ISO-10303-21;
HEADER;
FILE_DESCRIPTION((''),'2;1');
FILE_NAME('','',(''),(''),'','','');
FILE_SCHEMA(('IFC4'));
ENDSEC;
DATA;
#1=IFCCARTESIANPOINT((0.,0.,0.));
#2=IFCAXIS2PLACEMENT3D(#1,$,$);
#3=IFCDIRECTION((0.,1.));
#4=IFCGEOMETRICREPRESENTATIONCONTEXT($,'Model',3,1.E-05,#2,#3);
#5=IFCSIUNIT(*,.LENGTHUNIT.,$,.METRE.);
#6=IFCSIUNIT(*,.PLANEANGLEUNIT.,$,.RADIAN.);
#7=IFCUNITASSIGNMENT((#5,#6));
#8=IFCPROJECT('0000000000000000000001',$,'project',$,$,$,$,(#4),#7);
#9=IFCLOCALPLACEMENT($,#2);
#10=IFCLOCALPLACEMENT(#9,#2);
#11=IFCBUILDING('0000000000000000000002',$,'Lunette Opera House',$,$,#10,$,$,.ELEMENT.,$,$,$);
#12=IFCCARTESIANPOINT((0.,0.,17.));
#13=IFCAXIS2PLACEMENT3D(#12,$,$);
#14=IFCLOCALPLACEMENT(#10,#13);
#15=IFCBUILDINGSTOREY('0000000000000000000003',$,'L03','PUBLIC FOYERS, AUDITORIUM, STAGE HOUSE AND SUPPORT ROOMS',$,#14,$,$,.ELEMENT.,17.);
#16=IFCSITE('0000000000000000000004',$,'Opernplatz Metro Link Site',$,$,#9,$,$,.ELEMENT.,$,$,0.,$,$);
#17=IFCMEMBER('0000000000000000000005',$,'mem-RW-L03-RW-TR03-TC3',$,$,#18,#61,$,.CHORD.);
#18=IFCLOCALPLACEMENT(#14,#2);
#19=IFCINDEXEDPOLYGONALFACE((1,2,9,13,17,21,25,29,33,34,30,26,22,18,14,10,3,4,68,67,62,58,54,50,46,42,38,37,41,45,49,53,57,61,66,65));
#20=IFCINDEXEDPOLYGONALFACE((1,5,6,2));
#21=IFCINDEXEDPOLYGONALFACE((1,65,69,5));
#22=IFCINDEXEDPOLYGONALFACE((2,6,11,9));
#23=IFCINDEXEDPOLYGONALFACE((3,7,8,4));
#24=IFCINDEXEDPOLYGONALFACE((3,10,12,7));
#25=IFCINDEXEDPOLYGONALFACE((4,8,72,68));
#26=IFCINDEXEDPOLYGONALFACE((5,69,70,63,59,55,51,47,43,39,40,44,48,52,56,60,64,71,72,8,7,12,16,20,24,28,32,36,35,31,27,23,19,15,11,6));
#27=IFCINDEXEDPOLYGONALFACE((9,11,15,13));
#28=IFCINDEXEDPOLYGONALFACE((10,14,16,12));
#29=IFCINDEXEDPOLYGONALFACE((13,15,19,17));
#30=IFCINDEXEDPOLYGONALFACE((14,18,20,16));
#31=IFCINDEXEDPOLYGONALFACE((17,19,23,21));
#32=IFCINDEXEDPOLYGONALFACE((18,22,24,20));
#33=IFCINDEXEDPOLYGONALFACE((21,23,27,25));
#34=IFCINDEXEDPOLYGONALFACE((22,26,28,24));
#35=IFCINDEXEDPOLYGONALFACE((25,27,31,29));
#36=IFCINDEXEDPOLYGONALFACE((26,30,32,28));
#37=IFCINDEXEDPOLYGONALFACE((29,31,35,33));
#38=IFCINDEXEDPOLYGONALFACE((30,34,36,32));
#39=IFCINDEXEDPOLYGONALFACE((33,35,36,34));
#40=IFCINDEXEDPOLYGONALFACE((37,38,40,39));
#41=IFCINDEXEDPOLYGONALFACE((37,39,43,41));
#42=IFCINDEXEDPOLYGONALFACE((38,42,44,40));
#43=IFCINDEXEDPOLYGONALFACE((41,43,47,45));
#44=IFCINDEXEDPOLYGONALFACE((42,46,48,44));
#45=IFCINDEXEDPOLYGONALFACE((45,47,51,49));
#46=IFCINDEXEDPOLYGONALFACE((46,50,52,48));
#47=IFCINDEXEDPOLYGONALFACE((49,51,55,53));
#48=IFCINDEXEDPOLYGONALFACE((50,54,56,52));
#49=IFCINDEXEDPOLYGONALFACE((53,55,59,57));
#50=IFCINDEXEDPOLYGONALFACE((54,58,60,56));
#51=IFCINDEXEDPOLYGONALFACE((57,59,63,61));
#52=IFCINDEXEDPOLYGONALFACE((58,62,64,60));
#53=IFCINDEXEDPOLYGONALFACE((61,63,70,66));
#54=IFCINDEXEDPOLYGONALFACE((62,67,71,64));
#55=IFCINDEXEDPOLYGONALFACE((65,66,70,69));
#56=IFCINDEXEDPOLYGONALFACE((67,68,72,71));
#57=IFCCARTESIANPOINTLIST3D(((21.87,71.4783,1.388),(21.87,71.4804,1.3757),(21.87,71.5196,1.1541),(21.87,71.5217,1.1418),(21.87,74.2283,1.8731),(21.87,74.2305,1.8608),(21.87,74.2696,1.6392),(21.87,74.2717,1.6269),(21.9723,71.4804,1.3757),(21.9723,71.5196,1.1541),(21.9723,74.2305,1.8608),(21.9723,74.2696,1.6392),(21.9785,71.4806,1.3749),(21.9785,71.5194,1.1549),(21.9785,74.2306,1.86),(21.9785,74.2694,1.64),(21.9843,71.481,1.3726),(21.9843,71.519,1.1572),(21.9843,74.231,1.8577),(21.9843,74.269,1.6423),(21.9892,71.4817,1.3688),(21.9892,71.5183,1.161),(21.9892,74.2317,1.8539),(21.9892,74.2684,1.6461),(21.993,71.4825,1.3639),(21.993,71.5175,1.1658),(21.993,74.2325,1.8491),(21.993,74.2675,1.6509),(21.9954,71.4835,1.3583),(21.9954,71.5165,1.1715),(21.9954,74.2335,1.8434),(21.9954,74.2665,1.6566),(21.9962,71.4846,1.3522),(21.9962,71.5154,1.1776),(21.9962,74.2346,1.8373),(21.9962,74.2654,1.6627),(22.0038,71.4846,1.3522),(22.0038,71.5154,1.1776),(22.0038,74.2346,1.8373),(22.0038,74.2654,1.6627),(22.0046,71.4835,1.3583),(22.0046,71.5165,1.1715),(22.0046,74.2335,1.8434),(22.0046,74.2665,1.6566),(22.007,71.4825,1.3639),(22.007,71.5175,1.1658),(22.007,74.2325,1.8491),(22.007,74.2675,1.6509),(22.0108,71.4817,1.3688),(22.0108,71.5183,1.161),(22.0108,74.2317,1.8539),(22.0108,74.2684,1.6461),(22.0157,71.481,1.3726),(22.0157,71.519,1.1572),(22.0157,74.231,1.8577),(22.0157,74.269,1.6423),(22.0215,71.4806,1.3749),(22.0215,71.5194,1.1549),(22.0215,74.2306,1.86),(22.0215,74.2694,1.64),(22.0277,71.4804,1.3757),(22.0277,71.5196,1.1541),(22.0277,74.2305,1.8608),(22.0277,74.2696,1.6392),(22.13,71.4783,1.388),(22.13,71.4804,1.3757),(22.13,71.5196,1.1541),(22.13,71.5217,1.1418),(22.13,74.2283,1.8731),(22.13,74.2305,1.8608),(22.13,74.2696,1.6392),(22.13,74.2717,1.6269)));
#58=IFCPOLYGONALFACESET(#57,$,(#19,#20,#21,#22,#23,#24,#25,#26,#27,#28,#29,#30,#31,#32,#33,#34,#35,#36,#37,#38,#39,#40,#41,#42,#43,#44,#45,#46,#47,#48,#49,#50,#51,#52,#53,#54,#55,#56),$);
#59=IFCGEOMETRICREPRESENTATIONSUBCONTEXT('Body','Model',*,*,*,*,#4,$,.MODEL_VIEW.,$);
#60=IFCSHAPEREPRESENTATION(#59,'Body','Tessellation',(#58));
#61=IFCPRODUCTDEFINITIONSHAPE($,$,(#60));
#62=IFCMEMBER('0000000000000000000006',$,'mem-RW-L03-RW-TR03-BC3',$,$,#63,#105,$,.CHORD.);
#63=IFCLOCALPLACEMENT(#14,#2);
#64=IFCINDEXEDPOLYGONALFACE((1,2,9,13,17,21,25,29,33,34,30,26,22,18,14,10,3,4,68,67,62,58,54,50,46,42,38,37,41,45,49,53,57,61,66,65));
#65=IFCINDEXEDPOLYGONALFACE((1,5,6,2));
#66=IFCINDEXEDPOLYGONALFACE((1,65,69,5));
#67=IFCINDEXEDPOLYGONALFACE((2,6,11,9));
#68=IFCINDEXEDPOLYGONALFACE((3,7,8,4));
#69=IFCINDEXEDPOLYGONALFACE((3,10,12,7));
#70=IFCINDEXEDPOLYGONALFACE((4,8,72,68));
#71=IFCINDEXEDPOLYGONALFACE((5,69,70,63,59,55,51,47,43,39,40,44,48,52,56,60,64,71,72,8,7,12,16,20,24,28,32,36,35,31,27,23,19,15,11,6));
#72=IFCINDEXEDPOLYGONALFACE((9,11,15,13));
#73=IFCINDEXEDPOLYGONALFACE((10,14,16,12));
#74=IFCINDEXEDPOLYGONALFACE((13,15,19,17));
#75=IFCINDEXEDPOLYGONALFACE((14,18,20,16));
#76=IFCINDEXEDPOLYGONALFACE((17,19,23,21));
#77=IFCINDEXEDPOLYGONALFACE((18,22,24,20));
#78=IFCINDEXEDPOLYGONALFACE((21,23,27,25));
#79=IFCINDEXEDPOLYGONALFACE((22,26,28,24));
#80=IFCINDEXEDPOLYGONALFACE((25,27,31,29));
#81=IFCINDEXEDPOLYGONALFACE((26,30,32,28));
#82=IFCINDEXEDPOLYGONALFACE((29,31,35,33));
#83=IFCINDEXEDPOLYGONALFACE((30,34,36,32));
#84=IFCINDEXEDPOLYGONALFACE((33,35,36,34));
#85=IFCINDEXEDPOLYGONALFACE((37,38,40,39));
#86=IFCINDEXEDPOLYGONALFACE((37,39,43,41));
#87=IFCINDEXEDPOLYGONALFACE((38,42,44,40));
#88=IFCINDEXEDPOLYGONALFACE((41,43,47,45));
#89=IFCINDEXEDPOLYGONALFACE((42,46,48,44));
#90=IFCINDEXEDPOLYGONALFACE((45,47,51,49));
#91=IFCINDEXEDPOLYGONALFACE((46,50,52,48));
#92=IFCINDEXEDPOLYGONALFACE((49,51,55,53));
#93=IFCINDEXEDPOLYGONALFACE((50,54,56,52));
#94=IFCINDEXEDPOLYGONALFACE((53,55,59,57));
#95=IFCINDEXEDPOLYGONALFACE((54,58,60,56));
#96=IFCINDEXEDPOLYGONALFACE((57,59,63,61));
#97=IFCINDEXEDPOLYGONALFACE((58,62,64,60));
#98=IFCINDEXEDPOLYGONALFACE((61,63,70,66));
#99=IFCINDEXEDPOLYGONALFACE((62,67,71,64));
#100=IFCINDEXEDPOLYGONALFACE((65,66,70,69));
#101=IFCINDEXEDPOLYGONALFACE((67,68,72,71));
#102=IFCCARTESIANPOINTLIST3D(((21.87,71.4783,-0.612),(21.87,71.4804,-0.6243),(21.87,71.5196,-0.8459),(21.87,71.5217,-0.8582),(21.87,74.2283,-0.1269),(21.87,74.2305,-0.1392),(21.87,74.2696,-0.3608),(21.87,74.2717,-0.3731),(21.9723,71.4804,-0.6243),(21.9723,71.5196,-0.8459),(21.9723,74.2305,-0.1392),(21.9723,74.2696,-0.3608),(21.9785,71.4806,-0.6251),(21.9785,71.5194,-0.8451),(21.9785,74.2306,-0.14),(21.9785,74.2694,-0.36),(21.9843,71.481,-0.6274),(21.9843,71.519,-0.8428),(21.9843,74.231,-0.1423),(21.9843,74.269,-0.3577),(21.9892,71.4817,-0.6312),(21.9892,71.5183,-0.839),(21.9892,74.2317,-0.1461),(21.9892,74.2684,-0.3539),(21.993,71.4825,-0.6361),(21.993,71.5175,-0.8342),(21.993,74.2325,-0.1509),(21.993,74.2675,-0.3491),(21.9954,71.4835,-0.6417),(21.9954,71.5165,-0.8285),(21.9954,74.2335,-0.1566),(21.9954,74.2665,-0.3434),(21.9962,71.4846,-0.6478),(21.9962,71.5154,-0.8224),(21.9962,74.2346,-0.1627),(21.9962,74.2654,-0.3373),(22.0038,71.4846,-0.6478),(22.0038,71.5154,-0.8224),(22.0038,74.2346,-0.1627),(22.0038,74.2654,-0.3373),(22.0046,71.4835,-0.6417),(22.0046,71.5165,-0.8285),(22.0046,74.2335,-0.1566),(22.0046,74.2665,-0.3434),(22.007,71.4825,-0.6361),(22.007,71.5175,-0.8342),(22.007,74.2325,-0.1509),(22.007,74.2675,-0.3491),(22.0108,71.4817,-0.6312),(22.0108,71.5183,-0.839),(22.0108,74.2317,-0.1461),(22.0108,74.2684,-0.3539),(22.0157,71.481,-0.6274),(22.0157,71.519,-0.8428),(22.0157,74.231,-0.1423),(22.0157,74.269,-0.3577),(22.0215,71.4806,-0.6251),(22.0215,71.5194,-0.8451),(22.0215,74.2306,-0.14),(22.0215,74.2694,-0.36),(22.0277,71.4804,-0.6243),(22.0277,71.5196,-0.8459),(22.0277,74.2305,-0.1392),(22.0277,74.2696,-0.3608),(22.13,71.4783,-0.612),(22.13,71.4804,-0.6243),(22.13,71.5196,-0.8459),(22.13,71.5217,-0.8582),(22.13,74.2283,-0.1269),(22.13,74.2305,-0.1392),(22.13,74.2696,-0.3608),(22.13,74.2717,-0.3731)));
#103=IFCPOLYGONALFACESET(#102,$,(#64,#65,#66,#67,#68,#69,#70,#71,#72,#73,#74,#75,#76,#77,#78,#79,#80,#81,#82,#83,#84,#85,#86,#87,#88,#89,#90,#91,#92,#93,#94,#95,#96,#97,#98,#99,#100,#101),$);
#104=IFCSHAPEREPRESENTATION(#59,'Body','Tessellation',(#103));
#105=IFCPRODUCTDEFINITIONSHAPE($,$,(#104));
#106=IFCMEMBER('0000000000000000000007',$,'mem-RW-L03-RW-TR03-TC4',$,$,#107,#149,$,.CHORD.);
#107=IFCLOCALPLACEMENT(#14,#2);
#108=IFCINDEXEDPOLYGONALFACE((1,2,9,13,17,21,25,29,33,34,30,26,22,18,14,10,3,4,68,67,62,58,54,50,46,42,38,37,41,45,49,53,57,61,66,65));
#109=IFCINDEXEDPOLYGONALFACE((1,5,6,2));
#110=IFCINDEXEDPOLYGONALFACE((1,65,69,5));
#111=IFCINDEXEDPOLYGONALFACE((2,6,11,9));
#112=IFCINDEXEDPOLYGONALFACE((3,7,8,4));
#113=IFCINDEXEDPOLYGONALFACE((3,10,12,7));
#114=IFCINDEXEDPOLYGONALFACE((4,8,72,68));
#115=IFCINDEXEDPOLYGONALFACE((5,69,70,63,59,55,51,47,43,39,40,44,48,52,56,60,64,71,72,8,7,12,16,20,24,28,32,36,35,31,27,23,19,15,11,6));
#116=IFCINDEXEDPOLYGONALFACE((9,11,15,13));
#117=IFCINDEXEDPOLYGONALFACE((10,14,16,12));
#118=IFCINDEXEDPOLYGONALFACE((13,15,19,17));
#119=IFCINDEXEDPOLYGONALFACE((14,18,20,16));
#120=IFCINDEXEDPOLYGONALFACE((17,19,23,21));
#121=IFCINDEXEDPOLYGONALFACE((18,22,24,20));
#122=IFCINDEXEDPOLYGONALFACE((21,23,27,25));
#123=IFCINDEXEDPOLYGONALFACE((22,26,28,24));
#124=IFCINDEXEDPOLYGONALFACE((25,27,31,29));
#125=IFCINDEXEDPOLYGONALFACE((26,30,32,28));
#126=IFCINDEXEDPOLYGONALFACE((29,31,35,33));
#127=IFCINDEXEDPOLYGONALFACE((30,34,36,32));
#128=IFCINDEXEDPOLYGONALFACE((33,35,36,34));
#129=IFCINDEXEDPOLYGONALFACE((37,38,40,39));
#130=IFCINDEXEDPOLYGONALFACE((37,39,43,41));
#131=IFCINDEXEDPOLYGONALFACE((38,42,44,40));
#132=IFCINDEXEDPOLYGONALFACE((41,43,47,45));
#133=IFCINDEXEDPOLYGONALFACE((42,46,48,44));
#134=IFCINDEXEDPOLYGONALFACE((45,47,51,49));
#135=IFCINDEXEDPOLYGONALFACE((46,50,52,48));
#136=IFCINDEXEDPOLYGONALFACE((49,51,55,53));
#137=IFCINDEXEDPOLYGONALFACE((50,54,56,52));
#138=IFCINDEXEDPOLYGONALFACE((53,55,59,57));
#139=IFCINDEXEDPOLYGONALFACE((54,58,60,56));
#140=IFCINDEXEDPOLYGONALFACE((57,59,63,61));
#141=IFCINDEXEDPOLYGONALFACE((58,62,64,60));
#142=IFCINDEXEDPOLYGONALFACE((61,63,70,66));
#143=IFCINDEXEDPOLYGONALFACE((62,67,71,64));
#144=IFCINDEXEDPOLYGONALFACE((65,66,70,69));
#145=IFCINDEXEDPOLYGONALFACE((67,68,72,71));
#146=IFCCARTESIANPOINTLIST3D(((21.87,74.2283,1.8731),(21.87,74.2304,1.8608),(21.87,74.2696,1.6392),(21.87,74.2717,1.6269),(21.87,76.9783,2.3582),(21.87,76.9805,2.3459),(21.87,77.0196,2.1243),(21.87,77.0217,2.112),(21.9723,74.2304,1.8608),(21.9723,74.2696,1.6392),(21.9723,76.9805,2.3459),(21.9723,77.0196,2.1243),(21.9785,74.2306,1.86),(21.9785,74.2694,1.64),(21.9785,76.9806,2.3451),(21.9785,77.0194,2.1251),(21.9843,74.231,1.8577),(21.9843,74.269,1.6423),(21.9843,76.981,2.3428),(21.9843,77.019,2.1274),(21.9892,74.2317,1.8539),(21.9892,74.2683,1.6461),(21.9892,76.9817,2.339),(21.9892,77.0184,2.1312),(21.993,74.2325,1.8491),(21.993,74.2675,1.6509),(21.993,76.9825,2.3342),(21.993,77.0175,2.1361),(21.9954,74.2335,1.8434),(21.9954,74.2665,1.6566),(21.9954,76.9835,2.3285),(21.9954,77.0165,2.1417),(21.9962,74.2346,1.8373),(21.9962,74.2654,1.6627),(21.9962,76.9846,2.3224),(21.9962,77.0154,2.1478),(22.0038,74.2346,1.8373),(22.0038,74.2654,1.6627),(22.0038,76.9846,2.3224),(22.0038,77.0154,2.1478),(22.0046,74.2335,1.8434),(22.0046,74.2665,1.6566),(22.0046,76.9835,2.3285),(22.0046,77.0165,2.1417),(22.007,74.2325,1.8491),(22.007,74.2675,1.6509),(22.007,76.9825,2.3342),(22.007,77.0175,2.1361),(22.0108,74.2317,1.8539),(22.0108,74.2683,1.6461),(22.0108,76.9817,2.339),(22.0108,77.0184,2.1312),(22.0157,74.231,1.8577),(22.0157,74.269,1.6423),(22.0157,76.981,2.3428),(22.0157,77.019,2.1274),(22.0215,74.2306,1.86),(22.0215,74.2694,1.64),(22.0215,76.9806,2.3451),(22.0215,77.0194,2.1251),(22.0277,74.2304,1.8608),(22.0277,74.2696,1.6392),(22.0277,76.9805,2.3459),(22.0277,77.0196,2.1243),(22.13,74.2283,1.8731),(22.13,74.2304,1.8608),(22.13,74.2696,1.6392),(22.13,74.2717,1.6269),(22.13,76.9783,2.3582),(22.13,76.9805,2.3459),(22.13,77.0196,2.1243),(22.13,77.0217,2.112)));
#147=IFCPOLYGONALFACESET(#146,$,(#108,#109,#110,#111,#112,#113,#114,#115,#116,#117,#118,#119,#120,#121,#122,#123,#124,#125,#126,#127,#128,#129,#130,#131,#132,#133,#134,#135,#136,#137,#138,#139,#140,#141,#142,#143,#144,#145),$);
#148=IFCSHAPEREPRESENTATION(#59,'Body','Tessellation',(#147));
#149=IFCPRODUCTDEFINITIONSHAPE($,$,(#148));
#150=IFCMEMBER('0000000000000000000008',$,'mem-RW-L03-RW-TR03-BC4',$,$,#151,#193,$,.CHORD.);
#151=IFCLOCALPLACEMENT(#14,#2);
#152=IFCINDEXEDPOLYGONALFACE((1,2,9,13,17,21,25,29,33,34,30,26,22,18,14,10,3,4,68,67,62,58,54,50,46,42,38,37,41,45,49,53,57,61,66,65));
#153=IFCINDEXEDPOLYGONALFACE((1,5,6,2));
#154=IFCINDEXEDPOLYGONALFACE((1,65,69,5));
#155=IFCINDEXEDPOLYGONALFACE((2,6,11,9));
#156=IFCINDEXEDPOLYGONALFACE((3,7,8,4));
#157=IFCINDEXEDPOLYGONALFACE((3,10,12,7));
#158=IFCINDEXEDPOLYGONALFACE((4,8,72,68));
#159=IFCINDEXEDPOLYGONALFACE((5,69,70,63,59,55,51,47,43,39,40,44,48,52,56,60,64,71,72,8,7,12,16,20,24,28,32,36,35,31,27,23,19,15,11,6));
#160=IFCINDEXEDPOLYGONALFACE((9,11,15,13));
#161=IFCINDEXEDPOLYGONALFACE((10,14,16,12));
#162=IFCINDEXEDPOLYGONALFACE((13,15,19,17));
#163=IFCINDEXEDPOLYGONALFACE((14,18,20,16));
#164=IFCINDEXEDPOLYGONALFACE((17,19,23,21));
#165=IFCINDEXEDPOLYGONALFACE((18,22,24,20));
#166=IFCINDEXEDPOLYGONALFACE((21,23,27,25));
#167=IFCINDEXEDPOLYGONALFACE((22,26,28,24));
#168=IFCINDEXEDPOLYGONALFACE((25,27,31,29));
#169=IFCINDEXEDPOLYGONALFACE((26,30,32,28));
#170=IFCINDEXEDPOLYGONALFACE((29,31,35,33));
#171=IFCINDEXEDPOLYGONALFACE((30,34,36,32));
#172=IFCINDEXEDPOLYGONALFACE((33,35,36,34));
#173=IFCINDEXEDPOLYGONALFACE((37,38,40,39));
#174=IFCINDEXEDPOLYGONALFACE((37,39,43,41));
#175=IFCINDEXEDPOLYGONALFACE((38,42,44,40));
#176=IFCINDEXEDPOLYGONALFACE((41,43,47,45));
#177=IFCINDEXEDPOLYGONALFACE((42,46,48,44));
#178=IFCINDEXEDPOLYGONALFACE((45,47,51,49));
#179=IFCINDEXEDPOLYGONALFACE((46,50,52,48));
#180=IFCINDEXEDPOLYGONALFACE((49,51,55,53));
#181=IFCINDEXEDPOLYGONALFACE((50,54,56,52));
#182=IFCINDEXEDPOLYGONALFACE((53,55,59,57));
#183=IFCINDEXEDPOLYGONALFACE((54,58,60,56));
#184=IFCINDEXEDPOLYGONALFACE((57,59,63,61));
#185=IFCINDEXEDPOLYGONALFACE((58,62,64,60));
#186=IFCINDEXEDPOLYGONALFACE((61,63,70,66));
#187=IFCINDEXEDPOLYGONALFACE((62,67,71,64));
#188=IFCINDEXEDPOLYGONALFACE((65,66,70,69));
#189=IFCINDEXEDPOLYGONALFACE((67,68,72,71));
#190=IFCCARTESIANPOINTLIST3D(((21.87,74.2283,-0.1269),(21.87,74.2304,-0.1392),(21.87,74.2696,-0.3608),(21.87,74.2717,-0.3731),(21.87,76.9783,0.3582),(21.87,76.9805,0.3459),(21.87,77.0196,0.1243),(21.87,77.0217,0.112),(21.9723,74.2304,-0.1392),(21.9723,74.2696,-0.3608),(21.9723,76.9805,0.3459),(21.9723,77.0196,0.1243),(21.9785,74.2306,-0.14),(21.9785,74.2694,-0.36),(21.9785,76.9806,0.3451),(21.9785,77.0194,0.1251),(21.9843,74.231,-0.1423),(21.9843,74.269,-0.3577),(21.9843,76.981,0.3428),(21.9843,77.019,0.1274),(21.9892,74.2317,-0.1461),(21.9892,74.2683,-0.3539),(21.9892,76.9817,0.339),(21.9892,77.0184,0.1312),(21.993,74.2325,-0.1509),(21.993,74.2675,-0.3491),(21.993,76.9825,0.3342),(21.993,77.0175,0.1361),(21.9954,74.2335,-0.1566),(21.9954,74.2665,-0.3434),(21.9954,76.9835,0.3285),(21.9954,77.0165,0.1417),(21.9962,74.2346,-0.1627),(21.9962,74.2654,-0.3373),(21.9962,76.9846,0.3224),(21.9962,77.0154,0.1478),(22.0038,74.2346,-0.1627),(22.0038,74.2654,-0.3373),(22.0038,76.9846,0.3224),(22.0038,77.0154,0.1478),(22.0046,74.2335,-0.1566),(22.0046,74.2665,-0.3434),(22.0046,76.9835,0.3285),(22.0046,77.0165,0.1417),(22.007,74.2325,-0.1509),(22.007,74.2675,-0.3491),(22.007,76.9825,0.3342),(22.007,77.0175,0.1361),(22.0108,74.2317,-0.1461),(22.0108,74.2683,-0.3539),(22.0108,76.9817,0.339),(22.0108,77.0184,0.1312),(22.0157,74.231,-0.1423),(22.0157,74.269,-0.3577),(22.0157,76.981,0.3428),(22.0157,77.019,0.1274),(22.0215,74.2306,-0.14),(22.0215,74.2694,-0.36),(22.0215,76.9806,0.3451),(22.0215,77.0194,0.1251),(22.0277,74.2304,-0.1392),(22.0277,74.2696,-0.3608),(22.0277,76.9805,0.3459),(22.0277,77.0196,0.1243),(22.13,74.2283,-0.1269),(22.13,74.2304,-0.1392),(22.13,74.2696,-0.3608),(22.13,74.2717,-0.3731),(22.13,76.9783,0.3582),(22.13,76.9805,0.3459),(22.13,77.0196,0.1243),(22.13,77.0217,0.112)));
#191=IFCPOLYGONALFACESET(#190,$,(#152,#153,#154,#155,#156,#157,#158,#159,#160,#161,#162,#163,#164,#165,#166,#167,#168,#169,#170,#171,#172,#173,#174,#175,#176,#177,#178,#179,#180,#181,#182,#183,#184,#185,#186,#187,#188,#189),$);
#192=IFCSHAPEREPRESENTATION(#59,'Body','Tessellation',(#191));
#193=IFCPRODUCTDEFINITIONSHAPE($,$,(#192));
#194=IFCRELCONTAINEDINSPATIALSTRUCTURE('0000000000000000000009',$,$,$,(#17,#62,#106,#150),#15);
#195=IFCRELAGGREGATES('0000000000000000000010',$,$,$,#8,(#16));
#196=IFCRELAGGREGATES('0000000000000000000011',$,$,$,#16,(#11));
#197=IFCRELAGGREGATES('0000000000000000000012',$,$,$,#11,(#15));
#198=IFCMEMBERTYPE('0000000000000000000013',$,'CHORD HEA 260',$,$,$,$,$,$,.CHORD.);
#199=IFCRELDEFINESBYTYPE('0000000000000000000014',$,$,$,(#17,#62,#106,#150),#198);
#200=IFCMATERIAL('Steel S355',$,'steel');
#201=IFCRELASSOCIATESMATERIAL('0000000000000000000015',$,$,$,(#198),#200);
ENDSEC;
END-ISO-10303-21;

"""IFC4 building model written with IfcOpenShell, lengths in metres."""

from ifc_helpers import new_model, si_unit, direction, frame, origin, origin_2d, place, context, subcontext, project, spatial, i_section, extrude, material, material_profile, profile_set, type_object, element, save


model = new_model("IFC4")

# Units and contexts
model_context = context("Model", 3, precision=1e-05, world=origin(), true_north=direction((0.0, 1.0)))
body_context = subcontext(model_context, "Body", "Model", "MODEL_VIEW")
ifc_project = project(units=[si_unit("LENGTHUNIT", "METRE"), si_unit("PLANEANGLEUNIT", "RADIAN")], contexts=[model_context])

# Site, building, storey
site_placement = place(None, origin())
site = spatial("IfcSite", under=ifc_project, at=site_placement, Name="Opernplatz Metro Link Site", CompositionType="ELEMENT", RefElevation=0.0)
building_placement = place(site_placement, origin())
building = spatial("IfcBuilding", under=site, at=building_placement, Name="Lunette Opera House", CompositionType="ELEMENT")
storey_placement = place(building_placement, frame((0.0, 0.0, 17.0)))
storey = spatial("IfcBuildingStorey", under=building, at=storey_placement, Name="L03", Description="PUBLIC FOYERS, AUDITORIUM, STAGE HOUSE AND SUPPORT ROOMS", CompositionType="ELEMENT", Elevation=17.0)

# Members
ifc_material_1 = material(Name="Steel S355", Category="steel")
ifc_material_profile_1 = material_profile(ifc_material_1, i_section(OverallWidth=0.26, OverallDepth=0.25, WebThickness=0.0076, FlangeThickness=0.0125, FilletRadius=0.0239, at=origin_2d()), Name="HEA 260")
ifc_profile_set_1 = profile_set([ifc_material_profile_1], Name="Steel S355")
member_type_1 = type_object("IfcMemberType", Name="CHORD HEA 260", PredefinedType="CHORD", material=ifc_profile_set_1)
for number, where, z_axis, x_axis, name in (
    (1, (22.0, 71.5, 1.2649), (0.0, 0.984795, 0.17372), (-1.0, 0.0, 0.0), "mem-RW-L03-RW-TR03-TC3"),
    (2, (22.0, 71.5, -0.7351), (0.0, 0.984795, 0.17372), (-1.0, 0.0, 0.0), "mem-RW-L03-RW-TR03-BC3"),
    (3, (22.0, 74.25, 1.75), (0.0, 0.984795, 0.17372), (-1.0, 0.0, 0.0), "mem-RW-L03-RW-TR03-TC4"),
    (4, (22.0, 74.25, -0.25), (0.0, 0.984795, 0.17372), (-1.0, 0.0, 0.0), "mem-RW-L03-RW-TR03-BC4"),
):
    element("IfcMember", number, at=place(storey_placement, frame(where, z_axis=z_axis, x_axis=x_axis)), inside=storey, type_object=member_type_1, Name=name, PredefinedType="CHORD", context=body_context, shape_type="SweptSolid", body=[
        extrude(i_section(OverallWidth=0.26, OverallDepth=0.25, WebThickness=0.0076, FlangeThickness=0.0125, FilletRadius=0.0239, at=origin_2d()), origin(), (0.0, 0.0, 1.0), 2.7925),
    ])

save(model, "model.ifc")
